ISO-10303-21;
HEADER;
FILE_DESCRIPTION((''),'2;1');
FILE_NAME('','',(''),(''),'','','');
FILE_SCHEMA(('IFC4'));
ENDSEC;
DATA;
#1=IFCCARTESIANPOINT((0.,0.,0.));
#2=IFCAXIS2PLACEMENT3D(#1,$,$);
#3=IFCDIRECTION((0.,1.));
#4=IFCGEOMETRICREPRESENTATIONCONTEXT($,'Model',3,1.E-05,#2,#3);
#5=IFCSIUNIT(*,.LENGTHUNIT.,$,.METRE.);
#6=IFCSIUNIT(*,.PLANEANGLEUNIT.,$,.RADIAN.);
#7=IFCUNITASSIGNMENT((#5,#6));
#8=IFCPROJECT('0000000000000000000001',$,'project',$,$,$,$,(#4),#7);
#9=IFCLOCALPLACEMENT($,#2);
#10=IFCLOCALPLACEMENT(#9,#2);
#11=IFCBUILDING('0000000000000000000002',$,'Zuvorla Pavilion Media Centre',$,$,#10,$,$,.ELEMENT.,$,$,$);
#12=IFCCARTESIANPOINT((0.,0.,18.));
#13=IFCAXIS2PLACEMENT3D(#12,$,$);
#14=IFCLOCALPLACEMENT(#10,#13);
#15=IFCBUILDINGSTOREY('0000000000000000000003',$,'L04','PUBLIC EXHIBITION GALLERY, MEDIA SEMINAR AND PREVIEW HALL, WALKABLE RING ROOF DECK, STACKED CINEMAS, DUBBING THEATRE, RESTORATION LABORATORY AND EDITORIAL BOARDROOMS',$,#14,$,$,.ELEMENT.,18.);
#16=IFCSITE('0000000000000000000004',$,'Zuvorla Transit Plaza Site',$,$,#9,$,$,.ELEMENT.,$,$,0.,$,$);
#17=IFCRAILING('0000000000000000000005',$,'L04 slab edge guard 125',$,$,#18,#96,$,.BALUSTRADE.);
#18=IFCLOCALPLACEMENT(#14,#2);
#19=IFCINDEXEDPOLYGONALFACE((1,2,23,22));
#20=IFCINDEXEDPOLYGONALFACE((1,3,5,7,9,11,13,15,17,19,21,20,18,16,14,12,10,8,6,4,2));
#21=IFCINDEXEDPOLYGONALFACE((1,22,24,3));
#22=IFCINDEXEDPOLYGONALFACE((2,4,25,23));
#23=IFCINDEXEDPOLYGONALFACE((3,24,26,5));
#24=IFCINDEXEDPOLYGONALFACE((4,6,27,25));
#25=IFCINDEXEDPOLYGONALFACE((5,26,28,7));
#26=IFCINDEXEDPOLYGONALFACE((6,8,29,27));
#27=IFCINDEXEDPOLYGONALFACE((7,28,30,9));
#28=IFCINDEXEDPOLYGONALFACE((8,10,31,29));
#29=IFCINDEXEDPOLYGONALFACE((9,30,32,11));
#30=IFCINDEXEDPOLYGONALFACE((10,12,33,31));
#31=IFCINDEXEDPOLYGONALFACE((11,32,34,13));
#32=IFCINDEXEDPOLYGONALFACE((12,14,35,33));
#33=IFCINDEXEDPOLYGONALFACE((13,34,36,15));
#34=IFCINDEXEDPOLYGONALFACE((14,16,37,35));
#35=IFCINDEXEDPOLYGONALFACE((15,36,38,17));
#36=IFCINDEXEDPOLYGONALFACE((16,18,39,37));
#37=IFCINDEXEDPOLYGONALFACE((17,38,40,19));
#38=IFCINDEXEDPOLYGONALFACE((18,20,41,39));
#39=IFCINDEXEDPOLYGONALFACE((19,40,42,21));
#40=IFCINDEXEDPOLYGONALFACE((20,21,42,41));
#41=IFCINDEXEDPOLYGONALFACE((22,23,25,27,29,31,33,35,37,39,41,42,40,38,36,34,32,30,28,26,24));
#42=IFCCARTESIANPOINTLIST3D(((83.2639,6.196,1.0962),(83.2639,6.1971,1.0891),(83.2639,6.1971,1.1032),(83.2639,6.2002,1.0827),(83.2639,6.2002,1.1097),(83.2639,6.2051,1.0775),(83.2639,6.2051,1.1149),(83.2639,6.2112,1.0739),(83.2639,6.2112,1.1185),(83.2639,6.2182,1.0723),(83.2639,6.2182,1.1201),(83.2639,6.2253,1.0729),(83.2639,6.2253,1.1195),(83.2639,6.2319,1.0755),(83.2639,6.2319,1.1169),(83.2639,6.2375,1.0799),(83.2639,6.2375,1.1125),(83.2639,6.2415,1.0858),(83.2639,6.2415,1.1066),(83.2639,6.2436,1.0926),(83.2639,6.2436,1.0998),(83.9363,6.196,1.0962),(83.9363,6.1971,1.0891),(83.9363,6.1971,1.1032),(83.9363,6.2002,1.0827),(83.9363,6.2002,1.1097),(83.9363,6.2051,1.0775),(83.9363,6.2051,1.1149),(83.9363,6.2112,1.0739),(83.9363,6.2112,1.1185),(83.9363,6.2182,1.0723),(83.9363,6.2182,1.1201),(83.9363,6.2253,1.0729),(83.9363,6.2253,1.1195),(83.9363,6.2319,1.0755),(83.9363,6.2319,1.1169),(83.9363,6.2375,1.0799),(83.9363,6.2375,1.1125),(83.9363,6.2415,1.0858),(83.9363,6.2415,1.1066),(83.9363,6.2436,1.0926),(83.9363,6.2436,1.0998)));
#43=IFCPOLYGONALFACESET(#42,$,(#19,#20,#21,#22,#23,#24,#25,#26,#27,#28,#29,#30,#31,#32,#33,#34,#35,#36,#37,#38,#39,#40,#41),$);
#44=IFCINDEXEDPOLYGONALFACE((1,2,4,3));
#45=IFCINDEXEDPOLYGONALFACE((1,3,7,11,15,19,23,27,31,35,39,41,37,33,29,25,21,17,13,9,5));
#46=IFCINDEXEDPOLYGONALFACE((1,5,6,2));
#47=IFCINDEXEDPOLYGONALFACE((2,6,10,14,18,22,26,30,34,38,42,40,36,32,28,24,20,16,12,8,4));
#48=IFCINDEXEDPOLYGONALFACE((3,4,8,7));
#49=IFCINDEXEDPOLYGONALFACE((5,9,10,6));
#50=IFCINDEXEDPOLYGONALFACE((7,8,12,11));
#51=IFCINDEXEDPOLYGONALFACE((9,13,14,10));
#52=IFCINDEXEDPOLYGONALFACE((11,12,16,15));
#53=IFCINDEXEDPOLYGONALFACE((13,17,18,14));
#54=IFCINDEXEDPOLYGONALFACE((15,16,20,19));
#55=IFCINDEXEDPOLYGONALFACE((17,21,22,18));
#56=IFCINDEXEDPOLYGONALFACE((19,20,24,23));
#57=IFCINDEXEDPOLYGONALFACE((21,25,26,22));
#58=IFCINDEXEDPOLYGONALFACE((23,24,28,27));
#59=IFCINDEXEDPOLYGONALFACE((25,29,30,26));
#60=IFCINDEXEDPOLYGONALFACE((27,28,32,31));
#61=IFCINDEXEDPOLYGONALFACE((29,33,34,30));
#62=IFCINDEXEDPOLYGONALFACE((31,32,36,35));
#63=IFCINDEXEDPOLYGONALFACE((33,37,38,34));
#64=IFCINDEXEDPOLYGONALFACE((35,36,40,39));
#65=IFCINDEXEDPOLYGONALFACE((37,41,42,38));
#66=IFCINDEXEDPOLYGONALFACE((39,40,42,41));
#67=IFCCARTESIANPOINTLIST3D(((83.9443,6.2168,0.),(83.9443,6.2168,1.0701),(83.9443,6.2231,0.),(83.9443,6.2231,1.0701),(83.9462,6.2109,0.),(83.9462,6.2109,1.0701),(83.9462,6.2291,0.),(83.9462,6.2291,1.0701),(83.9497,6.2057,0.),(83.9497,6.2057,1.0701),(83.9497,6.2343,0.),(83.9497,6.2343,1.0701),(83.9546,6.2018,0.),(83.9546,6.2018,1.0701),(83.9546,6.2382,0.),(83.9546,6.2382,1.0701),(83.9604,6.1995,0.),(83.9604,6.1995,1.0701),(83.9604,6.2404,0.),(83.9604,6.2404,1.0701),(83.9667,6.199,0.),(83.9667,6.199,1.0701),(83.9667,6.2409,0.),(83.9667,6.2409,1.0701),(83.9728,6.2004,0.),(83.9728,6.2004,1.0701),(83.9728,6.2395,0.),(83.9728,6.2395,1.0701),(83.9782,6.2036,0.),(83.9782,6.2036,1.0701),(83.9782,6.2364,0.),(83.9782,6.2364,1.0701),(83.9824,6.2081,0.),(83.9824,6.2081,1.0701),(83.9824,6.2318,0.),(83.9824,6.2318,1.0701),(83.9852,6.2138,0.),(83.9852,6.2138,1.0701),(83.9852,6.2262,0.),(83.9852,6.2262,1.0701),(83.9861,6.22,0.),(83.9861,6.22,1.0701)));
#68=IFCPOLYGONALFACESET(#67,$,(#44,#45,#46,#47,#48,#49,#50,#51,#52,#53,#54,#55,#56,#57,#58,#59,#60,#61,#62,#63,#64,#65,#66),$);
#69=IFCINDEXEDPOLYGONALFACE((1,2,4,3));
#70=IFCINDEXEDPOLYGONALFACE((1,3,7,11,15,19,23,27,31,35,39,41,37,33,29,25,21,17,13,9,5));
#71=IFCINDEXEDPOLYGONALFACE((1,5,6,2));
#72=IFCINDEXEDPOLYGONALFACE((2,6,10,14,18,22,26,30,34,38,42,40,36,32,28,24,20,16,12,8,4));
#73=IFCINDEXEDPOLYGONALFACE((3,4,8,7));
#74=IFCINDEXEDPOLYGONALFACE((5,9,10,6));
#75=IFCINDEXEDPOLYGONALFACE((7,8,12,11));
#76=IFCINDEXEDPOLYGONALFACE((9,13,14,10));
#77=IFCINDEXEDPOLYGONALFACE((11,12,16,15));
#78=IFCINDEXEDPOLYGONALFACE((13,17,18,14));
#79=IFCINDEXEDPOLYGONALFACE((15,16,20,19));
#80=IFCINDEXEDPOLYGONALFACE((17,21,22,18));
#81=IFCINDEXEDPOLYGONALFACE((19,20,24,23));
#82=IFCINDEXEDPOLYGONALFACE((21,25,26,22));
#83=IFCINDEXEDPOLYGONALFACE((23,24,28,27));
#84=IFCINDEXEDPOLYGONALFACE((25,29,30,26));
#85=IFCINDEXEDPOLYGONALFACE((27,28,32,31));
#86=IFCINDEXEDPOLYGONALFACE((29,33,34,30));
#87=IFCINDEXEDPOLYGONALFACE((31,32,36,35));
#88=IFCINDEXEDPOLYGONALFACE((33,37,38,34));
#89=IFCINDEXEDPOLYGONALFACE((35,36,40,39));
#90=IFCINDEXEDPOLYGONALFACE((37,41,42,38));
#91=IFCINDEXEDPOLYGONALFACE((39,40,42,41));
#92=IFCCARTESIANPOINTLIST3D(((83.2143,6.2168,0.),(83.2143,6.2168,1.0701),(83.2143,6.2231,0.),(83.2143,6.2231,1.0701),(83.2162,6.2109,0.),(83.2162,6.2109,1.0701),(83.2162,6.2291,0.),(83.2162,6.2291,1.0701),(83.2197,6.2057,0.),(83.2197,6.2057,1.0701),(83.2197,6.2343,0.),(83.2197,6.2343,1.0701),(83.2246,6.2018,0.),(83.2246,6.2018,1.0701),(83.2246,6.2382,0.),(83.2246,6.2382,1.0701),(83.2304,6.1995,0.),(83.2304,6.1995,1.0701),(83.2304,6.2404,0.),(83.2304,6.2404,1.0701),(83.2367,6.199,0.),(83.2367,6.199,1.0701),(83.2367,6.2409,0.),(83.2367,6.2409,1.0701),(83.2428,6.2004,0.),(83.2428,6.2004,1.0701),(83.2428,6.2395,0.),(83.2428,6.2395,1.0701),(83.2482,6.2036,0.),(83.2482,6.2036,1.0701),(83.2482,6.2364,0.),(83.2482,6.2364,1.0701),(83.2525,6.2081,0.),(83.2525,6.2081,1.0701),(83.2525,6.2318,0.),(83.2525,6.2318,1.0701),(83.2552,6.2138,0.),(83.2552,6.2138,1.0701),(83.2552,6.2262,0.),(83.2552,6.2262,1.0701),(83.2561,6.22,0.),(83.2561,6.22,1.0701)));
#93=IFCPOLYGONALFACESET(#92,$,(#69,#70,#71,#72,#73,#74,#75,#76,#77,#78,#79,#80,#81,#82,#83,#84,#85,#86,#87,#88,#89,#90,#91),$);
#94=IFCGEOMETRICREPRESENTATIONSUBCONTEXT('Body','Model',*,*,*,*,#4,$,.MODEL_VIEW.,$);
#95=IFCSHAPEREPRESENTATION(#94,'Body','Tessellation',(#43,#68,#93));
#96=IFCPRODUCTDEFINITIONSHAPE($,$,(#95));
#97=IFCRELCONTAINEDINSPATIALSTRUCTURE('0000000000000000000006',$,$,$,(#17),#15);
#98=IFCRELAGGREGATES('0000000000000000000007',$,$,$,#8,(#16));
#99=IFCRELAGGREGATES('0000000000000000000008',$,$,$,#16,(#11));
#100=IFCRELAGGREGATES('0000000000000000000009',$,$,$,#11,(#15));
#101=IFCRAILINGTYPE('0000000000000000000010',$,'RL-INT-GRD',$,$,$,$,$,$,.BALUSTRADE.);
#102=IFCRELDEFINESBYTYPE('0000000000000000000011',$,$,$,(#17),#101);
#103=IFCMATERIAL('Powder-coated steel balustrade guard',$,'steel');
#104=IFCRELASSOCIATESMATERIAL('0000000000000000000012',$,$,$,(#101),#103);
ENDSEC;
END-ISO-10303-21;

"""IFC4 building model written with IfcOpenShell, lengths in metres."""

from ifc_helpers import new_model, si_unit, direction, frame, origin, origin_2d, place, context, subcontext, project, spatial, circle, extrude, material, type_object, element, save


model = new_model("IFC4")

# Units and contexts
model_context = context("Model", 3, precision=1e-05, world=origin(), true_north=direction((0.0, 1.0)))
body_context = subcontext(model_context, "Body", "Model", "MODEL_VIEW")
ifc_project = project(units=[si_unit("LENGTHUNIT", "METRE"), si_unit("PLANEANGLEUNIT", "RADIAN")], contexts=[model_context])

# Site, building, storey
site_placement = place(None, origin())
site = spatial("IfcSite", under=ifc_project, at=site_placement, Name="Zuvorla Transit Plaza Site", CompositionType="ELEMENT", RefElevation=0.0)
building_placement = place(site_placement, origin())
building = spatial("IfcBuilding", under=site, at=building_placement, Name="Zuvorla Pavilion Media Centre", CompositionType="ELEMENT")
storey_placement = place(building_placement, frame((0.0, 0.0, 18.0)))
storey = spatial("IfcBuildingStorey", under=building, at=storey_placement, Name="L04", Description="PUBLIC EXHIBITION GALLERY, MEDIA SEMINAR AND PREVIEW HALL, WALKABLE RING ROOF DECK, STACKED CINEMAS, DUBBING THEATRE, RESTORATION LABORATORY AND EDITORIAL BOARDROOMS", CompositionType="ELEMENT", Elevation=18.0)

# Railing
ifc_material_1 = material(Name="Powder-coated steel balustrade guard", Category="steel")
railing_type_1 = type_object("IfcRailingType", Name="RL-INT-GRD", PredefinedType="BALUSTRADE", material=ifc_material_1)
for number, where, name in (
    (1, (83.9651, 6.22, 0.0), "L04 slab edge guard 125"),
):
    element("IfcRailing", number, at=place(storey_placement, frame(where)), inside=storey, type_object=railing_type_1, Name=name, PredefinedType="BALUSTRADE", context=body_context, shape_type="SweptSolid", body=[
        extrude(circle(Radius=0.0239, at=origin_2d()), frame((-0.0288, 0.0, 1.0962), z_axis=(-1.0, 0.0, 0.0), x_axis=(0.0, -1.0, 0.0)), (0.0, 0.0, 1.0), 0.6724),
        extrude(circle(Radius=0.021, at=origin_2d()), origin(), (0.0, 0.0, 1.0), 1.0701),
        extrude(circle(Radius=0.021, at=origin_2d()), frame((-0.73, 0.0, 0.0)), (0.0, 0.0, 1.0), 1.0701),
    ])

save(model, "model.ifc")
